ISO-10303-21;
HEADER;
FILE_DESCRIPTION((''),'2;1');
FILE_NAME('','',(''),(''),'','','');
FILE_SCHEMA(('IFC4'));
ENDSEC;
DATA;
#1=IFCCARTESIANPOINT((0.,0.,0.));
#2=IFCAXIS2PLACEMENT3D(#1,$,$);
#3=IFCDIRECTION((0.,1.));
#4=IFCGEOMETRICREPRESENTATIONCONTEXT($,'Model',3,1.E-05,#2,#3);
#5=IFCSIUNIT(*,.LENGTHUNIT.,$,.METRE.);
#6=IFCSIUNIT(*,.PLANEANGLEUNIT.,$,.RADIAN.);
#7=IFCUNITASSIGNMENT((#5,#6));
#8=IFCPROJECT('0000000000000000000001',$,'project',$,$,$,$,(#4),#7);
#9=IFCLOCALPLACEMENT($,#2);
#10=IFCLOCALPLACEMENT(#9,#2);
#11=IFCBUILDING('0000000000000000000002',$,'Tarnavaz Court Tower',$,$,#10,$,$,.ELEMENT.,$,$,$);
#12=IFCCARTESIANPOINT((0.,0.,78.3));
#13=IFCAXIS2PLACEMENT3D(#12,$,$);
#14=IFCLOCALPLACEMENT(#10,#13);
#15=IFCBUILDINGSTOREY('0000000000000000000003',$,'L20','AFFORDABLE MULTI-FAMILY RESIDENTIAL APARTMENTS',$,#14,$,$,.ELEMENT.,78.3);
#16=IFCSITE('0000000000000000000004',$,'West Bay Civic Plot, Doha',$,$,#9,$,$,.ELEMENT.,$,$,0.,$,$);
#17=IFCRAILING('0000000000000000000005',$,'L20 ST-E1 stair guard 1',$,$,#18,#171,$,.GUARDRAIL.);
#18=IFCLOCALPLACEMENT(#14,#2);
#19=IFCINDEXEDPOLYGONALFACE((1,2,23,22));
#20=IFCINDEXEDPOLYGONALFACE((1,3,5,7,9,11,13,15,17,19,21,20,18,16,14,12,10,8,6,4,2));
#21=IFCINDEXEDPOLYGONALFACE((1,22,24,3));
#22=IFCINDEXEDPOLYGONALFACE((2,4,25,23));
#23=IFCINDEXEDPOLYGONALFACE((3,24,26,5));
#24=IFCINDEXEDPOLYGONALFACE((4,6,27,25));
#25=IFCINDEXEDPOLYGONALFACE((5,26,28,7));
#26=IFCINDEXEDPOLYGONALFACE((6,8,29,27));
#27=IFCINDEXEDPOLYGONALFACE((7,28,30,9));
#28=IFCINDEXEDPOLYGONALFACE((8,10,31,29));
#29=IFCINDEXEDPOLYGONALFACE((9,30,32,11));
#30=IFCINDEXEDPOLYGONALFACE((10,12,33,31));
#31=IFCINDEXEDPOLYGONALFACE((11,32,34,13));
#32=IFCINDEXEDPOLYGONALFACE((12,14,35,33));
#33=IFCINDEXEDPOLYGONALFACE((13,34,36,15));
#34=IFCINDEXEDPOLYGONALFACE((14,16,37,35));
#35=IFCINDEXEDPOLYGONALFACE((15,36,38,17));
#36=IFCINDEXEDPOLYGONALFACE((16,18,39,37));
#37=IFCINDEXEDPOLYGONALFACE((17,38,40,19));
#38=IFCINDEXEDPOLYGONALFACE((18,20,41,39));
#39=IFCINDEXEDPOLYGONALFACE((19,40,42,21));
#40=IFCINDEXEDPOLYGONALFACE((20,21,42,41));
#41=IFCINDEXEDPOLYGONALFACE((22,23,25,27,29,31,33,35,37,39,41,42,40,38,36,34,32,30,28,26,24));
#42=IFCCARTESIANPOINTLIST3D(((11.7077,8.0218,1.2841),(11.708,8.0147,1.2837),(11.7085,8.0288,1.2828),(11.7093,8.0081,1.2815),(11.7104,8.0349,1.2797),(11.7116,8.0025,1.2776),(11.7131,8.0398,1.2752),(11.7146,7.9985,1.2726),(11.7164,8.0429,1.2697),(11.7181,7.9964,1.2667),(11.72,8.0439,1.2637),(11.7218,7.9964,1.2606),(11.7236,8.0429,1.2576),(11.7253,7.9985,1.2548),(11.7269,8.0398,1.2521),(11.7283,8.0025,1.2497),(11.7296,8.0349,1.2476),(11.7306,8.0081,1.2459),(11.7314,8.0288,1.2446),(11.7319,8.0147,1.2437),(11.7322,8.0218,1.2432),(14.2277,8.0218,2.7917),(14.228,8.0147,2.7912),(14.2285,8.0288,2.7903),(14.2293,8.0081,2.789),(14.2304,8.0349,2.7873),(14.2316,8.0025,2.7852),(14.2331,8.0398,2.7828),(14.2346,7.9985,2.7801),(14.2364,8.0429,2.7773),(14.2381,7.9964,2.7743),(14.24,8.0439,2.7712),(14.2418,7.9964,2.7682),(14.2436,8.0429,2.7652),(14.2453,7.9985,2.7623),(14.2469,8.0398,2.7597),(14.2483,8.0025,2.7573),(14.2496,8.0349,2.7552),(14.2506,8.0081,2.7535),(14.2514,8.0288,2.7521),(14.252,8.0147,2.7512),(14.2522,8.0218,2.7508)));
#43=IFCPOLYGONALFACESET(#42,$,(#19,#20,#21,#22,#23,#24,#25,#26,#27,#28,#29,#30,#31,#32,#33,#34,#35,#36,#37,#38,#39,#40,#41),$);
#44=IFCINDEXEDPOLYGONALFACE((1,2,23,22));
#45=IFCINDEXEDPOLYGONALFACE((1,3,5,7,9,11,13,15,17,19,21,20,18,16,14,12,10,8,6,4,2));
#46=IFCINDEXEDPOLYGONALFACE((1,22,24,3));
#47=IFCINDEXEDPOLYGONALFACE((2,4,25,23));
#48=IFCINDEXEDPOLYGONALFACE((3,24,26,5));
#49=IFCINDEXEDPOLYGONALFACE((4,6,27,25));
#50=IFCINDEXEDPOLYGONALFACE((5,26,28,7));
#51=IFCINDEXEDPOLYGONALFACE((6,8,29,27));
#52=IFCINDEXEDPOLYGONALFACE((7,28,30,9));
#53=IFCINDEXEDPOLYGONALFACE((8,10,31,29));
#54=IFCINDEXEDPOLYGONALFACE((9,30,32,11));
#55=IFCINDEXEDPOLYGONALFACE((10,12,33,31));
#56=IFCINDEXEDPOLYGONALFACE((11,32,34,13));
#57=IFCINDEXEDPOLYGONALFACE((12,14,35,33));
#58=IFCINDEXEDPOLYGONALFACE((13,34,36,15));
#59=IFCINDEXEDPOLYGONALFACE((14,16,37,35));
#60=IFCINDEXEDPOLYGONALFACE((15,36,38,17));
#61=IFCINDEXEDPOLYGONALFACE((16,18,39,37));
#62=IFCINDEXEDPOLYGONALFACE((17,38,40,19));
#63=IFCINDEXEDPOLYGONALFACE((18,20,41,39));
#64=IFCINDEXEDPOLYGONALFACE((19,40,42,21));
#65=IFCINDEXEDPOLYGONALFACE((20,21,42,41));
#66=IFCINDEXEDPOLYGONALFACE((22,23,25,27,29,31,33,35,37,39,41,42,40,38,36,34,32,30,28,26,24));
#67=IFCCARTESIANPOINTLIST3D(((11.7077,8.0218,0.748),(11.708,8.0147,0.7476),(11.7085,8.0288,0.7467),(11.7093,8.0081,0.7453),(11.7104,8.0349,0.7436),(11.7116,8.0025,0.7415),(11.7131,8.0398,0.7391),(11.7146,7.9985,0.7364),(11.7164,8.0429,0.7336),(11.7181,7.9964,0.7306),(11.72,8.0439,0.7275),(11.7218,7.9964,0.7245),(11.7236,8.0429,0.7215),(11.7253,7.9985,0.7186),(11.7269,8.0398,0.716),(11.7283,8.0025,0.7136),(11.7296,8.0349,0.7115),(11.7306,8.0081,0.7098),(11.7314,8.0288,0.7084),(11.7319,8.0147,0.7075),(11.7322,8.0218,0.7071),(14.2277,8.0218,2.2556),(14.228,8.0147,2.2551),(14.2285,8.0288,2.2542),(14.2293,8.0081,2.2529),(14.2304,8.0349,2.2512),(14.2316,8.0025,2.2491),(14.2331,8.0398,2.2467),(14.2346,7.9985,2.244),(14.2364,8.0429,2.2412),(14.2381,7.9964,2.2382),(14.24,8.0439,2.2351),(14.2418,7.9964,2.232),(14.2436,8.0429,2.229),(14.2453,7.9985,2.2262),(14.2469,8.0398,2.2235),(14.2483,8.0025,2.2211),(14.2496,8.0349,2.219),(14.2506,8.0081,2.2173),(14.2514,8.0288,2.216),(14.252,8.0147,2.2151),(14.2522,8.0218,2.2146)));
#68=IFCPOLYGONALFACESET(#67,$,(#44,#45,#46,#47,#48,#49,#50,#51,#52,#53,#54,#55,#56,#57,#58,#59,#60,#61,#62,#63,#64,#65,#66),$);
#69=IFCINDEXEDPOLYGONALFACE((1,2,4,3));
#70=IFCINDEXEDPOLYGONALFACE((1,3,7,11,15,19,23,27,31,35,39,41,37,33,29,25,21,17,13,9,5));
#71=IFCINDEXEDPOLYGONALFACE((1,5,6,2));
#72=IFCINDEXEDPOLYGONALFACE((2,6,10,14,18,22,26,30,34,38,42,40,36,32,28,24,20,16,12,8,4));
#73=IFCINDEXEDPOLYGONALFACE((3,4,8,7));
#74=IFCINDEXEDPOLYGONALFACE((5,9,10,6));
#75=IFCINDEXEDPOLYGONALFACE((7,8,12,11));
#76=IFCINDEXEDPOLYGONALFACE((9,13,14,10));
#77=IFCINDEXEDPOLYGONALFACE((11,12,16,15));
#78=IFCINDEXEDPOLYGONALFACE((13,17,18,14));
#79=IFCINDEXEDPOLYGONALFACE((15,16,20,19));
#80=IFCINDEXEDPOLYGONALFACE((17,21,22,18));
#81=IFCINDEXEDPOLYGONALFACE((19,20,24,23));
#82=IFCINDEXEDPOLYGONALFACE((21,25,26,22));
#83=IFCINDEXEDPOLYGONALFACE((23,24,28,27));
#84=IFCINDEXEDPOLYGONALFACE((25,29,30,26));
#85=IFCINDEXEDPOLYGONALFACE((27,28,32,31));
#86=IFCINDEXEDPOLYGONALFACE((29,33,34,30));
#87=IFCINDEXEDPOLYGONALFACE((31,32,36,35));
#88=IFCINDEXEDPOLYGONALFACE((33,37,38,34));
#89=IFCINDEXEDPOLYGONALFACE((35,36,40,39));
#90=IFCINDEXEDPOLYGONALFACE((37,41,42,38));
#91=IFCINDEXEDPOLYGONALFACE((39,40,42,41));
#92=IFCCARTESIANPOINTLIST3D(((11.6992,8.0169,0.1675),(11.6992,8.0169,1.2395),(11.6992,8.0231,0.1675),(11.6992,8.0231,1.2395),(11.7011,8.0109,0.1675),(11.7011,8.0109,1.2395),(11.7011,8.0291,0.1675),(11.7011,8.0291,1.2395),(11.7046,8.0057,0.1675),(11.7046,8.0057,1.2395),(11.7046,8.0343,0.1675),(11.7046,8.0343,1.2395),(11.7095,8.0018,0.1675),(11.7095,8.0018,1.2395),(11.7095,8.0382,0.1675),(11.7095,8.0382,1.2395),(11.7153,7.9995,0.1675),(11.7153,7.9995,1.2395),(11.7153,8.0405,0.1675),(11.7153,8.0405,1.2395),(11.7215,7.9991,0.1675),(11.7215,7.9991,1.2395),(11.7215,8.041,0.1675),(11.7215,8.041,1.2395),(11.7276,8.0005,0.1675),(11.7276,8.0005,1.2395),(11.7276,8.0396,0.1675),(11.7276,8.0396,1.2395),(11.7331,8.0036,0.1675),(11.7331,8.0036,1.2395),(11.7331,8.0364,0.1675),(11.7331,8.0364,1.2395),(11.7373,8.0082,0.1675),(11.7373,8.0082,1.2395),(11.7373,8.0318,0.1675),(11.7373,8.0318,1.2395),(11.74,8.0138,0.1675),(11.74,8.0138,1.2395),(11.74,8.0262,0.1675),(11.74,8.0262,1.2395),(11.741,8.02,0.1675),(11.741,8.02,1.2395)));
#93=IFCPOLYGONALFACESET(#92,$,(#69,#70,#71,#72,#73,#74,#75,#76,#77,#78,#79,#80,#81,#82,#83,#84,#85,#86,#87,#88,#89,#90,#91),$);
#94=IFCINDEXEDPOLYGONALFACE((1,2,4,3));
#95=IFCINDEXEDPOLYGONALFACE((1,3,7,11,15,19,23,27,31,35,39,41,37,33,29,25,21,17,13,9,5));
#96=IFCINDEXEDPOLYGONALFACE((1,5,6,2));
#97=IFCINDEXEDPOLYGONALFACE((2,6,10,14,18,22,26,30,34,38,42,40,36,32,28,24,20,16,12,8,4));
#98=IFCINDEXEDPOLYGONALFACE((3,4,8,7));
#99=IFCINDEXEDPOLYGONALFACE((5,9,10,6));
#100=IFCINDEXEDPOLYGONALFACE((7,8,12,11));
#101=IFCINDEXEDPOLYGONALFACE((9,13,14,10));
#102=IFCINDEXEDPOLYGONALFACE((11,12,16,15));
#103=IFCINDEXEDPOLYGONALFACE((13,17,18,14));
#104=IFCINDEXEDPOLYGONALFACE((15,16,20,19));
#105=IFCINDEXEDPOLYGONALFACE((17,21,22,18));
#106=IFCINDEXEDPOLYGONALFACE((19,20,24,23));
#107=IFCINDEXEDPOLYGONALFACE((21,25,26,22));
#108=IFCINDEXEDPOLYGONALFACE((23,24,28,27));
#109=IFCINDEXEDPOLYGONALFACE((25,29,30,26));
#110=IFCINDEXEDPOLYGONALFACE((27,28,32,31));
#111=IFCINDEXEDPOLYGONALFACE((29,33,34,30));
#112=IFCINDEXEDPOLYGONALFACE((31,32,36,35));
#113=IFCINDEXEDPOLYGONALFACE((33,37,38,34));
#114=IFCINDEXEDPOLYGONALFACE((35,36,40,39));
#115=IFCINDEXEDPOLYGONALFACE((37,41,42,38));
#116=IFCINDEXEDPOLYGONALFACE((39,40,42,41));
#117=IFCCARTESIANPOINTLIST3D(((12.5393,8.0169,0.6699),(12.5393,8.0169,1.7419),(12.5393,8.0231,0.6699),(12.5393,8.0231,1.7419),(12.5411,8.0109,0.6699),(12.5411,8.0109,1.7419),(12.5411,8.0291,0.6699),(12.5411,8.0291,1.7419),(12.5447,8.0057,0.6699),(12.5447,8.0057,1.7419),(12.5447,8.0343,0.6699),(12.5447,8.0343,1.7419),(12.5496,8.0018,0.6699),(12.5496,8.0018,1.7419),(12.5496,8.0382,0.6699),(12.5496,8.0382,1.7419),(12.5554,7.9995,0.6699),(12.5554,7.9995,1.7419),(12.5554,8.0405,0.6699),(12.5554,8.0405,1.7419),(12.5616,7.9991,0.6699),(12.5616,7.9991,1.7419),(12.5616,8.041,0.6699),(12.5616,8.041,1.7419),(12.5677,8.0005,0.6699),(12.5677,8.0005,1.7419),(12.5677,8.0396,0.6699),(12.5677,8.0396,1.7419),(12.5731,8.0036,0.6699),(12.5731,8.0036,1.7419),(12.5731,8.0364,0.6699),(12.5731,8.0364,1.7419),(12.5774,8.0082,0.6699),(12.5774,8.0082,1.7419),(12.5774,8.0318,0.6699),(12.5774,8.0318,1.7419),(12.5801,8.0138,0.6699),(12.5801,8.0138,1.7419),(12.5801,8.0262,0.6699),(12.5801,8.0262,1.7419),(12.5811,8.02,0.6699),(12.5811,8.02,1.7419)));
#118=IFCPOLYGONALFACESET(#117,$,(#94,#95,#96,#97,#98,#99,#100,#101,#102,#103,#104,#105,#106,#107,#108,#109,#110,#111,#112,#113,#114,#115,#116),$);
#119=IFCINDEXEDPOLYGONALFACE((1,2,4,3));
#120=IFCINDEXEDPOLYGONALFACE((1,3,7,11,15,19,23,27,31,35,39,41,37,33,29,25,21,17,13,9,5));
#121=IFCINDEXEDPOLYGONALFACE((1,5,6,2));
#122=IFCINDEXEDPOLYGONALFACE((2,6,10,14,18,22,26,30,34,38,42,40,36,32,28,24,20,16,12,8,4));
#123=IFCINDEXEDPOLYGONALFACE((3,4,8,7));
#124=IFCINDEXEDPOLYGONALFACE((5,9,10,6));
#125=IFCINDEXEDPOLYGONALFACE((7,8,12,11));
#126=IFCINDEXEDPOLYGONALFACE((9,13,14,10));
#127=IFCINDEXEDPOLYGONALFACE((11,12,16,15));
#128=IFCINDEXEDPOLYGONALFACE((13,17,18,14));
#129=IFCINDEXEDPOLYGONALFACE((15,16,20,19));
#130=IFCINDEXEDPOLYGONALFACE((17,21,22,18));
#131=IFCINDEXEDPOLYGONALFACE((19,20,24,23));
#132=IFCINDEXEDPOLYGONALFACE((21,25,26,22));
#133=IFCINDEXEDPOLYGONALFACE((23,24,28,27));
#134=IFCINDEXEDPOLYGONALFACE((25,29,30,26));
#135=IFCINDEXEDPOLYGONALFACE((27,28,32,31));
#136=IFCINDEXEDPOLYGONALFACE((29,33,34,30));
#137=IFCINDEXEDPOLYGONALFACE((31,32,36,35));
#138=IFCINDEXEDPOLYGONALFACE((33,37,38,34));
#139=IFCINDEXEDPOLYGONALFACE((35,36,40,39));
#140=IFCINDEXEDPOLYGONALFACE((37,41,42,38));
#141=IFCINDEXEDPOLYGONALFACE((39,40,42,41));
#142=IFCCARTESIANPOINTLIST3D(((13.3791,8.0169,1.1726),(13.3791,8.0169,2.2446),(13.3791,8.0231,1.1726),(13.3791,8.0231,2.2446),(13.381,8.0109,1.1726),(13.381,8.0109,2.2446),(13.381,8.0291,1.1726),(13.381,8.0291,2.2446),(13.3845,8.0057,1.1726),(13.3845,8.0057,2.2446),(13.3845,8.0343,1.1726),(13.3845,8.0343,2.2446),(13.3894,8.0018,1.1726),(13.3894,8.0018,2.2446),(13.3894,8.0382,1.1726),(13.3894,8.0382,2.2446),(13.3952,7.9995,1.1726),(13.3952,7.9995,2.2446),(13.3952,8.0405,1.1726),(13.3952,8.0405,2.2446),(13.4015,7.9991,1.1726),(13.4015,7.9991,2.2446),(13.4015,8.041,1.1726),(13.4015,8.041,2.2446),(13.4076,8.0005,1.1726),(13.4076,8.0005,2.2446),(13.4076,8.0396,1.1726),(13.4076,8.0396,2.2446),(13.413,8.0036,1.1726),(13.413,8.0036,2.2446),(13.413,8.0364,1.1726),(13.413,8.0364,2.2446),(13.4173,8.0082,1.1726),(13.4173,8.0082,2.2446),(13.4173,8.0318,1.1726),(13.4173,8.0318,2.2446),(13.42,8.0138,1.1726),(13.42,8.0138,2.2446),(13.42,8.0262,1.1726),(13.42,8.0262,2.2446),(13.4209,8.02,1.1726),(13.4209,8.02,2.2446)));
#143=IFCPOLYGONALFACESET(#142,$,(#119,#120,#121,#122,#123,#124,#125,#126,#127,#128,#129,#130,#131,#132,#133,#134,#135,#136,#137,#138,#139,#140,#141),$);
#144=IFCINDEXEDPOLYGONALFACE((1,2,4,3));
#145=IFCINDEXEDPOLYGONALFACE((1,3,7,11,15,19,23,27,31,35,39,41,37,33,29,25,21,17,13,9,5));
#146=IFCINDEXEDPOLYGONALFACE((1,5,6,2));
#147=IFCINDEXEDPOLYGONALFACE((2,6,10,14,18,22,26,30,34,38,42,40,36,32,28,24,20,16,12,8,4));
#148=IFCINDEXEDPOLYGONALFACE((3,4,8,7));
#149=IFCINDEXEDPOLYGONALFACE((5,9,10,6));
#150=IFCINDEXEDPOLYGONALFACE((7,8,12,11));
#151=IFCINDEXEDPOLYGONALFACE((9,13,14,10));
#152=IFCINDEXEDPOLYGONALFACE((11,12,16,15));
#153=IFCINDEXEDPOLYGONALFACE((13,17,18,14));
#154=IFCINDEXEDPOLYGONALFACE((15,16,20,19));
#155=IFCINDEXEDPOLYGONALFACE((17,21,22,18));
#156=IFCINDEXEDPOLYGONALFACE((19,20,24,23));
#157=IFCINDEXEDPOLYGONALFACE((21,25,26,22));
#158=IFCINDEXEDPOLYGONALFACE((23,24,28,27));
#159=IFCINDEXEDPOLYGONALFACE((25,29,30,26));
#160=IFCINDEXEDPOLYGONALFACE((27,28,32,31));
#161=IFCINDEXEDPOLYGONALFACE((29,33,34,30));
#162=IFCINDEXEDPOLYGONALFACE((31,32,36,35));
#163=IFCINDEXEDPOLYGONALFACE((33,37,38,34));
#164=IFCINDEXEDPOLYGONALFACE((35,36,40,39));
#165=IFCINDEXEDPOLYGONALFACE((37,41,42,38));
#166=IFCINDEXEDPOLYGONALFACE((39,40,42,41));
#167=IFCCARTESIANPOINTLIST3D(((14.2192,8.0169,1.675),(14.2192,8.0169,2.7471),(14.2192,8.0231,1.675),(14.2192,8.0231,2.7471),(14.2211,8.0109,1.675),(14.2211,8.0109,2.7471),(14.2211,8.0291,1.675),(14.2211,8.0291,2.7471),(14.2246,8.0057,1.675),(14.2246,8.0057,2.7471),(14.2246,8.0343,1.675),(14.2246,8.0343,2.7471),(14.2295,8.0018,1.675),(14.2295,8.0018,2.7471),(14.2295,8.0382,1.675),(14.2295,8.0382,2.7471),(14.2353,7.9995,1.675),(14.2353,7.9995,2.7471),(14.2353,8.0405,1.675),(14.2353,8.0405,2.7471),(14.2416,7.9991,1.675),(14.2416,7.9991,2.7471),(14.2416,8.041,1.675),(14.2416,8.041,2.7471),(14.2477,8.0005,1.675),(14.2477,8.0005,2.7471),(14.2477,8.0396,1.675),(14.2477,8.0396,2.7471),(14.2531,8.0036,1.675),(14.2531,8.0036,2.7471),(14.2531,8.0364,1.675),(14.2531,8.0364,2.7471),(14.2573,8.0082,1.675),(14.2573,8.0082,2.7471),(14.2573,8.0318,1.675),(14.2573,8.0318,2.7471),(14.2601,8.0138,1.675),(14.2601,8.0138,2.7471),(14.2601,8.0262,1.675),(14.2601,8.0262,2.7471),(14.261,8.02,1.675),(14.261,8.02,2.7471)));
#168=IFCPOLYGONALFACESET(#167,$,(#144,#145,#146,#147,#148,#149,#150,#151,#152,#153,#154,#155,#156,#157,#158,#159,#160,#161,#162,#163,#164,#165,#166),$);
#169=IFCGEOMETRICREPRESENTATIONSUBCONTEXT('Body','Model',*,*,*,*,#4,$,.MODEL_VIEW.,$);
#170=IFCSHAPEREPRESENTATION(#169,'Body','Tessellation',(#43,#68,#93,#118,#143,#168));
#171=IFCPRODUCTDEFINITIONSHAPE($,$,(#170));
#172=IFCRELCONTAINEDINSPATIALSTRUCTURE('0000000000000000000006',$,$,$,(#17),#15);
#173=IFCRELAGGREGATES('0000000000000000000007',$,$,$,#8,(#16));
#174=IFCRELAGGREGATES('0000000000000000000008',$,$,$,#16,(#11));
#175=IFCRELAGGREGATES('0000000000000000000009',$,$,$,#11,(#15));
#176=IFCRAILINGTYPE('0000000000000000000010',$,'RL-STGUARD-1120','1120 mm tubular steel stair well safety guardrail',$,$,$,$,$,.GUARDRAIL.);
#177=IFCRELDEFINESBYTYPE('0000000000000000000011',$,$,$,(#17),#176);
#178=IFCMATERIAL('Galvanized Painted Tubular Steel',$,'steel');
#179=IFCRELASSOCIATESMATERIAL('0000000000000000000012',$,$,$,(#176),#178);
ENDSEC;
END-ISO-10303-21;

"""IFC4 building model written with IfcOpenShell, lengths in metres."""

from ifc_helpers import new_model, si_unit, direction, frame, origin, origin_2d, place, context, subcontext, project, spatial, circle, extrude, material, type_object, element, save


model = new_model("IFC4")

# Units and contexts
model_context = context("Model", 3, precision=1e-05, world=origin(), true_north=direction((0.0, 1.0)))
body_context = subcontext(model_context, "Body", "Model", "MODEL_VIEW")
ifc_project = project(units=[si_unit("LENGTHUNIT", "METRE"), si_unit("PLANEANGLEUNIT", "RADIAN")], contexts=[model_context])

# Site, building, storey
site_placement = place(None, origin())
site = spatial("IfcSite", under=ifc_project, at=site_placement, Name="West Bay Civic Plot, Doha", CompositionType="ELEMENT", RefElevation=0.0)
building_placement = place(site_placement, origin())
building = spatial("IfcBuilding", under=site, at=building_placement, Name="Tarnavaz Court Tower", CompositionType="ELEMENT")
storey_placement = place(building_placement, frame((0.0, 0.0, 78.3)))
storey = spatial("IfcBuildingStorey", under=building, at=storey_placement, Name="L20", Description="AFFORDABLE MULTI-FAMILY RESIDENTIAL APARTMENTS", CompositionType="ELEMENT", Elevation=78.3)

# Railing
ifc_material_1 = material(Name="Galvanized Painted Tubular Steel", Category="steel")
railing_type_1 = type_object("IfcRailingType", Name="RL-STGUARD-1120", Description="1120 mm tubular steel stair well safety guardrail", PredefinedType="GUARDRAIL", material=ifc_material_1)
railing_1_placement = place(storey_placement, frame((11.72, 8.02, 0.1675)))
element("IfcRailing", 1, at=railing_1_placement, inside=storey, type_object=railing_type_1, Name="L20 ST-E1 stair guard 1", PredefinedType="GUARDRAIL", context=body_context, shape_type="SweptSolid", body=[
    extrude(circle(Radius=0.0239, at=origin_2d()), frame((0.0, 0.0, 1.0962), z_axis=(0.85816, 0.0, 0.513383), x_axis=(0.0, 1.0, 0.0)), (0.0, 0.0, 1.0), 2.9365),
    extrude(circle(Radius=0.0239, at=origin_2d()), frame((0.0, 0.0, 0.5601), z_axis=(0.85816, 0.0, 0.513383), x_axis=(0.0, 1.0, 0.0)), (0.0, 0.0, 1.0), 2.9365),
    extrude(circle(Radius=0.021, at=origin_2d()), origin(), (0.0, 0.0, 1.0), 1.072),
    extrude(circle(Radius=0.021, at=origin_2d()), frame((0.8401, 0.0, 0.5024)), (0.0, 0.0, 1.0), 1.072),
    extrude(circle(Radius=0.021, at=origin_2d()), frame((1.6799, 0.0, 1.0051)), (0.0, 0.0, 1.0), 1.072),
    extrude(circle(Radius=0.021, at=origin_2d()), frame((2.52, 0.0, 1.5076)), (0.0, 0.0, 1.0), 1.072),
])

save(model, "model.ifc")
